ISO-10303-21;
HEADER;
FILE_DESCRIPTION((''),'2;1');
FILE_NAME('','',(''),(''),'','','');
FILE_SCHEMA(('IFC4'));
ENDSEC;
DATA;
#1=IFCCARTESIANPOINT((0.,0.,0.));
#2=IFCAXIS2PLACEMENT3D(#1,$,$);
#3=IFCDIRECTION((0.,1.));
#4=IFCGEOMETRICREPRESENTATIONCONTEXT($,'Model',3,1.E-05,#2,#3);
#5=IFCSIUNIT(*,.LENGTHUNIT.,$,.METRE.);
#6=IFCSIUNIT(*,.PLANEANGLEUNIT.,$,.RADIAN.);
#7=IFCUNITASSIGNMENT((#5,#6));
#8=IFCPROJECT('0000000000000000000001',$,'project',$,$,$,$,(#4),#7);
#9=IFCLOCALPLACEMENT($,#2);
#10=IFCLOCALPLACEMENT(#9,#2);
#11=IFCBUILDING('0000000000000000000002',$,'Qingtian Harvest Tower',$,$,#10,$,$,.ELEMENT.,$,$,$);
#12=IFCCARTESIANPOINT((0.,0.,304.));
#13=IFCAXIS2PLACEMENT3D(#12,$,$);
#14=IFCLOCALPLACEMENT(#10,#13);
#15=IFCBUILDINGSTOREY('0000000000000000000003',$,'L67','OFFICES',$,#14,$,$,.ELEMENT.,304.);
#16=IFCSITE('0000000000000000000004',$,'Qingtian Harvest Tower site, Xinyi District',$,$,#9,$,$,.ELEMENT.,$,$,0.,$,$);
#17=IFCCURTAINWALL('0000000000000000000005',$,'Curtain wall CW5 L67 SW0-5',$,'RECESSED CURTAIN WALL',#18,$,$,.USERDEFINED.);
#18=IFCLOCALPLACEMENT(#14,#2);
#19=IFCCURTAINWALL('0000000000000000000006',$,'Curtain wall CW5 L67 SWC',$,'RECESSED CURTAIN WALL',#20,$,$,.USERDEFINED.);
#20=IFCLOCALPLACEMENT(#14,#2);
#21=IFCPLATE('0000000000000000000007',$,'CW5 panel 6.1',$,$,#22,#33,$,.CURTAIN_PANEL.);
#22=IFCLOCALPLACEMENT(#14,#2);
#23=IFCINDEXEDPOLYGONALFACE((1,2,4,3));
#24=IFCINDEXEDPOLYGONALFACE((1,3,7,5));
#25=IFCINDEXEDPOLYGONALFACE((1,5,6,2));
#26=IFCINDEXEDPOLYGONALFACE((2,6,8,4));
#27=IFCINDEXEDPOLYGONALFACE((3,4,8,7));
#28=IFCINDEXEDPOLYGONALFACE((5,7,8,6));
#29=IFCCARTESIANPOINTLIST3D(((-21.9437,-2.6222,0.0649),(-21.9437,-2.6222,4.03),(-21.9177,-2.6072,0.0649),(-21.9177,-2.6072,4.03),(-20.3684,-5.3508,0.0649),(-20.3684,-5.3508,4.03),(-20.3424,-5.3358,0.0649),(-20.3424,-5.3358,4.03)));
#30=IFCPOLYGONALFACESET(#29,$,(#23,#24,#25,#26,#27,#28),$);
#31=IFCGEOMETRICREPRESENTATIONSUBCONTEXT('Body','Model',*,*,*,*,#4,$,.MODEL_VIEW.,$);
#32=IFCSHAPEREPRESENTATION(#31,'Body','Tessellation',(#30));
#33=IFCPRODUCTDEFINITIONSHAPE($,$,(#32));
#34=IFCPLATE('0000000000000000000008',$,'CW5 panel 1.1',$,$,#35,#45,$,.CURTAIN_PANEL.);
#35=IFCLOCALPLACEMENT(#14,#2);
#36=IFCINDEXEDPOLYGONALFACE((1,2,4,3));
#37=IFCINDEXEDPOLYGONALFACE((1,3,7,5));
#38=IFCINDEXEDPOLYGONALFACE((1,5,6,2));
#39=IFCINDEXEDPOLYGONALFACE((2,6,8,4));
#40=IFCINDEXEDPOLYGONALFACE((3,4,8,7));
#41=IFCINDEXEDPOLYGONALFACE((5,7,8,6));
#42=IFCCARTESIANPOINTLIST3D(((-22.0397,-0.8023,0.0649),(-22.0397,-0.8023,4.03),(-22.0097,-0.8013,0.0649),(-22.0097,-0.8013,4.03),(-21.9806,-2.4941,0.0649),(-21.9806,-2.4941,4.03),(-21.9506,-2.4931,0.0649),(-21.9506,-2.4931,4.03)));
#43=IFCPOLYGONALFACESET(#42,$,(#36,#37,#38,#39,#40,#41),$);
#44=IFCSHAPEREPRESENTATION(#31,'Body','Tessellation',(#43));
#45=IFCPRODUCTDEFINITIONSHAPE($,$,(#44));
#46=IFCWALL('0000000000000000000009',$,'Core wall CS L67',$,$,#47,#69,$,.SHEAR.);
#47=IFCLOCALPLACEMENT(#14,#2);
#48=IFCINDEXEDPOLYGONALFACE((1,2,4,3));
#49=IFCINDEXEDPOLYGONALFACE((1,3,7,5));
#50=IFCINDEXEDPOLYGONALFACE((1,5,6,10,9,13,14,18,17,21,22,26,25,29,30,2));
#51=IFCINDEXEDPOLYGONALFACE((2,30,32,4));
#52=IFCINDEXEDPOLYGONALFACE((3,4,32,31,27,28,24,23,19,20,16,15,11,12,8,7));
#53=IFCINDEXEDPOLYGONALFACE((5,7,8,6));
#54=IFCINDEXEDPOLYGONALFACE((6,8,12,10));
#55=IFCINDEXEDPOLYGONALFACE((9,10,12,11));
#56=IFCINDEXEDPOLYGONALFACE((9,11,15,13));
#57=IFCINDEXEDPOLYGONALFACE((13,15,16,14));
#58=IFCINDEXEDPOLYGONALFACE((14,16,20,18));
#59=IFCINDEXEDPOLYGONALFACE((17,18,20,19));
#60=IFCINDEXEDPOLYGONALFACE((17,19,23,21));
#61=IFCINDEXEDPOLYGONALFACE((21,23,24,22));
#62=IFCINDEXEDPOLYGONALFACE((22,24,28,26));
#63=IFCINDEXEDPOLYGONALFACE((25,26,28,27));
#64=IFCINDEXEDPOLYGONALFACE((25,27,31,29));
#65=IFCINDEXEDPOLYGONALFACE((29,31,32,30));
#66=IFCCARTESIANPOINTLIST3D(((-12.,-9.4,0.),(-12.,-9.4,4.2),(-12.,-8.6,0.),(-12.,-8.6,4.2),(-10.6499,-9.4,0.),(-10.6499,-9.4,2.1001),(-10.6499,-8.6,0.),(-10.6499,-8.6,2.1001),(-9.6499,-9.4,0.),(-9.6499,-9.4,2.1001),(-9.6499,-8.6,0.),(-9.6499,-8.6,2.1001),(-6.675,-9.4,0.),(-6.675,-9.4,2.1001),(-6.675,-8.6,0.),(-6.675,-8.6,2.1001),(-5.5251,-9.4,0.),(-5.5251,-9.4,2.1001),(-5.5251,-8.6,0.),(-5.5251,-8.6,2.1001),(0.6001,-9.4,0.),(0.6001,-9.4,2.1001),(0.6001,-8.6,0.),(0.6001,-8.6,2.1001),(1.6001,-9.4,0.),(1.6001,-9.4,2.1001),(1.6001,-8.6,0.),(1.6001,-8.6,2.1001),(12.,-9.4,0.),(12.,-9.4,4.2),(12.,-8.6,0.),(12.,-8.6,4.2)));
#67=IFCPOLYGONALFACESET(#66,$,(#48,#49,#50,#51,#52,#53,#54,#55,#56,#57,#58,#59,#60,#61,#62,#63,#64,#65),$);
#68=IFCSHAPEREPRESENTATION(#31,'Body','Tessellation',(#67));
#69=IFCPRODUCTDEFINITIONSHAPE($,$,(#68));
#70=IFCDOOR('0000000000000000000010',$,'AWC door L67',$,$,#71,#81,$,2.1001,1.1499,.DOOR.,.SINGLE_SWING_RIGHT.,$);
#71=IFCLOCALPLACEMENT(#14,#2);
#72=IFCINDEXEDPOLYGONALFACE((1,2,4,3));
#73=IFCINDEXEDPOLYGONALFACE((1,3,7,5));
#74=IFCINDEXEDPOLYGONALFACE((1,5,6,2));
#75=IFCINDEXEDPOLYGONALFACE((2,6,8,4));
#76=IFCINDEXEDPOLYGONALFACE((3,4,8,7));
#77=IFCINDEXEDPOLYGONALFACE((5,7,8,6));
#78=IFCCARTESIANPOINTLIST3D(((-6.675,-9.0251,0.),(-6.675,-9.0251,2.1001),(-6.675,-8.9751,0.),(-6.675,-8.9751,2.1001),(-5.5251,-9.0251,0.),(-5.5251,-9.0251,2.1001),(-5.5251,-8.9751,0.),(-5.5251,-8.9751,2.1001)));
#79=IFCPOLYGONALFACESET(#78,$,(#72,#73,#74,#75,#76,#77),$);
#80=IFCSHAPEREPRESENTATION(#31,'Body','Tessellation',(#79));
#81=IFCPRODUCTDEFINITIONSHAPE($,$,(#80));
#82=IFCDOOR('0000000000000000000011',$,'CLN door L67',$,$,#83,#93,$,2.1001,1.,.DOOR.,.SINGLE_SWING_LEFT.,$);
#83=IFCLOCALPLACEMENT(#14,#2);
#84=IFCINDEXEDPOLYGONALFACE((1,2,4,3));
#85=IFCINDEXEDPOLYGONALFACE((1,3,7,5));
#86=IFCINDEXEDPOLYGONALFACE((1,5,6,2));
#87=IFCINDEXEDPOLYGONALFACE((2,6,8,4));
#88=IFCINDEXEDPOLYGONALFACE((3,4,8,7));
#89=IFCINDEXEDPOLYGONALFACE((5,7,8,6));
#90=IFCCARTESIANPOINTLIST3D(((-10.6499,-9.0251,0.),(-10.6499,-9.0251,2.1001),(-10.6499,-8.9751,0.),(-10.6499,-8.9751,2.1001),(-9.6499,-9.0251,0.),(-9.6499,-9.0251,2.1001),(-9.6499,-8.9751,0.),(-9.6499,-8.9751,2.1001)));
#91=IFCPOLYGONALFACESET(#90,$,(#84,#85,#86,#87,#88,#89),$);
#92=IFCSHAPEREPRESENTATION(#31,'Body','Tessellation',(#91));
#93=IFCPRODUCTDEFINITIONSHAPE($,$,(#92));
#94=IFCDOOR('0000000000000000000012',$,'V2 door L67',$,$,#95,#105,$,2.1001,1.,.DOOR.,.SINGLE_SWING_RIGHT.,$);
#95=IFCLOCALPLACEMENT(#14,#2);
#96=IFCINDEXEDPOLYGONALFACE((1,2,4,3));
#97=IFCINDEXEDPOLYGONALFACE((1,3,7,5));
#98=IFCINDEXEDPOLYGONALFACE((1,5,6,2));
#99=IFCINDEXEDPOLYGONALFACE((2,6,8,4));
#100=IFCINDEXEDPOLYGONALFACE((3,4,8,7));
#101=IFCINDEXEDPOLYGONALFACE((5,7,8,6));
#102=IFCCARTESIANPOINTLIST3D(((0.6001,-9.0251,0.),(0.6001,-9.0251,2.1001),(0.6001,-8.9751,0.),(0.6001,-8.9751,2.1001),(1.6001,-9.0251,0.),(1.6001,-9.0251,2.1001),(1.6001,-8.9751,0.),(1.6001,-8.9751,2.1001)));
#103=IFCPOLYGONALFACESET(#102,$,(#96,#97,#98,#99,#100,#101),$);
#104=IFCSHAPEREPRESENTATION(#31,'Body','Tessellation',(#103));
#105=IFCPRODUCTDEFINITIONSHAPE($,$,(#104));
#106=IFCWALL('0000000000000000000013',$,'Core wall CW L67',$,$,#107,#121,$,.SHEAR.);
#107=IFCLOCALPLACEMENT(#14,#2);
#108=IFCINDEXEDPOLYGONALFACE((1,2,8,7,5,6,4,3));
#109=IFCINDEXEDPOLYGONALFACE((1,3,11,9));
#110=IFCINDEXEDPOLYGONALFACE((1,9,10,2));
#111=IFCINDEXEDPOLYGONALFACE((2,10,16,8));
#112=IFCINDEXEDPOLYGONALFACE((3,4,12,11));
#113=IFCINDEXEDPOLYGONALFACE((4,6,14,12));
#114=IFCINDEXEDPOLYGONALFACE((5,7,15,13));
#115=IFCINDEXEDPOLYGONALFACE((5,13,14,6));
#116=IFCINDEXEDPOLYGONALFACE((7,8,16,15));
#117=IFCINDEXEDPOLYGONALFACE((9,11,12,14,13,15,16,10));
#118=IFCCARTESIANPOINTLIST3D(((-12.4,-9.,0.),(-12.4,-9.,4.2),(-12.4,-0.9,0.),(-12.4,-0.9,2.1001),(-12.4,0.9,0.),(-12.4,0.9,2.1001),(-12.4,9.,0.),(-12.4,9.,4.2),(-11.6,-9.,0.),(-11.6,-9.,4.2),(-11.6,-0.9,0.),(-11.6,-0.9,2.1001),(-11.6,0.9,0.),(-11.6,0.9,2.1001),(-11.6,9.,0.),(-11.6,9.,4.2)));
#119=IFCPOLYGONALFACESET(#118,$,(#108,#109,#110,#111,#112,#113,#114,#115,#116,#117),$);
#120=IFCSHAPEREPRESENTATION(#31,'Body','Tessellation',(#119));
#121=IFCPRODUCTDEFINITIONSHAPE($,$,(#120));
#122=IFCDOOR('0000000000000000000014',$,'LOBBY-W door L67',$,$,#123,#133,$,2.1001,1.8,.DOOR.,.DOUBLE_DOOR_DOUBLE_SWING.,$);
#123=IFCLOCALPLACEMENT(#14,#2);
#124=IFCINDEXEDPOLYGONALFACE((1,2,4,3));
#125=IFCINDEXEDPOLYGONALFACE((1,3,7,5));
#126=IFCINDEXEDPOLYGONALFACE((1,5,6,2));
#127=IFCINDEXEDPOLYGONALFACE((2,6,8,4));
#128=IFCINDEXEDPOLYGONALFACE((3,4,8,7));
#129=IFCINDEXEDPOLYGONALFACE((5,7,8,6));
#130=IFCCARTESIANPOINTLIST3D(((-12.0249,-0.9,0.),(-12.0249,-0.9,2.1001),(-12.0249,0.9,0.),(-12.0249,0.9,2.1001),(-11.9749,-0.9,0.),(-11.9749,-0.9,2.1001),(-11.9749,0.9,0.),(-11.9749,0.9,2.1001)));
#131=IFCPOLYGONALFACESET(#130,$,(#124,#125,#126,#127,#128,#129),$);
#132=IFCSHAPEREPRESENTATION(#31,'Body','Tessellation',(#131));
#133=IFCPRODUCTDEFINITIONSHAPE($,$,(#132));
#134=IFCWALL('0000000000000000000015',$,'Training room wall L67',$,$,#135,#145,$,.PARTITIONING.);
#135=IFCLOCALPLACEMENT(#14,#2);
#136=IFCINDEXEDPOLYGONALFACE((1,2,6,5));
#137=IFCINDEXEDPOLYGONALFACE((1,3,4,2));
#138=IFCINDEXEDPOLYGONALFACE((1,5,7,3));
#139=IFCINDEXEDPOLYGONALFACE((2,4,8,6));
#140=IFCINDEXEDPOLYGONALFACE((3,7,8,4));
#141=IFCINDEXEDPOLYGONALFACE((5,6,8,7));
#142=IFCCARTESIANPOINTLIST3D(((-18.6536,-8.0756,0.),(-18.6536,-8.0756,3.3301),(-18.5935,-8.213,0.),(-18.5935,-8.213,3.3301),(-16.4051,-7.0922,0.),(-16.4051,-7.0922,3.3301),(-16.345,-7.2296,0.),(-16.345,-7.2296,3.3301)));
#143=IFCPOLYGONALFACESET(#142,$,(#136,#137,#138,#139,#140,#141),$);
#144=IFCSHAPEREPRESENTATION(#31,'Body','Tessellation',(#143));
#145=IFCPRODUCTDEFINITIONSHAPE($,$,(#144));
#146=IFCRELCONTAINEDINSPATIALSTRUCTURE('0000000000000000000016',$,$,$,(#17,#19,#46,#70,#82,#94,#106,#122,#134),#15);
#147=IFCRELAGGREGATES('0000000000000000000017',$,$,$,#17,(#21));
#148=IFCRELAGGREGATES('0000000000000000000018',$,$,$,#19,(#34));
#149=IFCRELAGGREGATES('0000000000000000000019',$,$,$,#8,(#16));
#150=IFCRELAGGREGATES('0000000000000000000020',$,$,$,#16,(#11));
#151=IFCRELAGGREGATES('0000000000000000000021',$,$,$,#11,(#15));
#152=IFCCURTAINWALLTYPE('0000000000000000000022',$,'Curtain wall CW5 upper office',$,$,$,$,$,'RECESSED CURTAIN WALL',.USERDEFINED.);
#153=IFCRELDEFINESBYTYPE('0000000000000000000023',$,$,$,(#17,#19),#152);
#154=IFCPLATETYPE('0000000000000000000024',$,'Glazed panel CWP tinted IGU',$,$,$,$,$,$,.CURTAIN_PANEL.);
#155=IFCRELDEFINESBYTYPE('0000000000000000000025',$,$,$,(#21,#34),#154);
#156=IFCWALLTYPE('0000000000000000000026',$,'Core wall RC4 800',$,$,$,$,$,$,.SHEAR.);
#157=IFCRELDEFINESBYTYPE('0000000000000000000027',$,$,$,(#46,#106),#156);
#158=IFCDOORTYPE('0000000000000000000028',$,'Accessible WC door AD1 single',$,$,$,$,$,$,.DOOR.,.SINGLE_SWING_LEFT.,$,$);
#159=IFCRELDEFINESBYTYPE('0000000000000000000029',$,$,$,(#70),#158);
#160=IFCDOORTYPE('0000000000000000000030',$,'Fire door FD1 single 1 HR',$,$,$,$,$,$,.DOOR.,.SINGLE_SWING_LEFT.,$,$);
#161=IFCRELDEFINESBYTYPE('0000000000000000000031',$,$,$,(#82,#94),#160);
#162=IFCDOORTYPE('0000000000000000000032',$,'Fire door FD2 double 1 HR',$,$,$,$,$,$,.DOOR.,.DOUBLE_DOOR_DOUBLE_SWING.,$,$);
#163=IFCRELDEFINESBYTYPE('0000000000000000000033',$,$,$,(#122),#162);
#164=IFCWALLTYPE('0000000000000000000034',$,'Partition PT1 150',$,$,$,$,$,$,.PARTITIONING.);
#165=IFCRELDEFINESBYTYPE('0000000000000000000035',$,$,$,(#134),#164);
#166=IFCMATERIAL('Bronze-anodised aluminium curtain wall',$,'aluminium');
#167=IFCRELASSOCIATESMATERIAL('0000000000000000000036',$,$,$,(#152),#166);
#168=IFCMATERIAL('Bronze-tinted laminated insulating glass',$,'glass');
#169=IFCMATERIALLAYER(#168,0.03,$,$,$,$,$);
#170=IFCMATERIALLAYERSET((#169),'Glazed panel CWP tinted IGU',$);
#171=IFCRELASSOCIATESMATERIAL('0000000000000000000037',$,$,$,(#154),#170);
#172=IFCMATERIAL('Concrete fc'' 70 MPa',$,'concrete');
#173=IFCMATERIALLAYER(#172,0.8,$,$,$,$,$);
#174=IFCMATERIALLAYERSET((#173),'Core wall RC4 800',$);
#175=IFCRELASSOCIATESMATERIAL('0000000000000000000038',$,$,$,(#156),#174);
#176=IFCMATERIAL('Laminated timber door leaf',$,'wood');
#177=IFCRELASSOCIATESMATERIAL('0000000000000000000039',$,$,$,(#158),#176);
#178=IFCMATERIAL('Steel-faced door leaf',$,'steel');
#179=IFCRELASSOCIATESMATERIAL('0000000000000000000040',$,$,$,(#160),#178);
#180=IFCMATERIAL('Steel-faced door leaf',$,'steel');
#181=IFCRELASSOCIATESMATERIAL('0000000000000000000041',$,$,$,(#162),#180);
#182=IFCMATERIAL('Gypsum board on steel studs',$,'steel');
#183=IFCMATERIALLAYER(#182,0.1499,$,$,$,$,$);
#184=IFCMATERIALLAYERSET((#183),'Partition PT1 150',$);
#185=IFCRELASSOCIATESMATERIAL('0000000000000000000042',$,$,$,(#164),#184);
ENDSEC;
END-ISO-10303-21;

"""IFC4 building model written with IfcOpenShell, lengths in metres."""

from ifc_helpers import new_model, si_unit, direction, frame, frame_2d, origin, origin_2d, place, context, subcontext, project, spatial, rectangle, extrude, material, layer, layer_set, type_object, element, fill, aggregate, save


model = new_model("IFC4")

# Units and contexts
model_context = context("Model", 3, precision=1e-05, world=origin(), true_north=direction((0.0, 1.0)))
body_context = subcontext(model_context, "Body", "Model", "MODEL_VIEW")
ifc_project = project(units=[si_unit("LENGTHUNIT", "METRE"), si_unit("PLANEANGLEUNIT", "RADIAN")], contexts=[model_context])

# Site, building, storey
site_placement = place(None, origin())
site = spatial("IfcSite", under=ifc_project, at=site_placement, Name="Qingtian Harvest Tower site, Xinyi District", CompositionType="ELEMENT", RefElevation=0.0)
building_placement = place(site_placement, origin())
building = spatial("IfcBuilding", under=site, at=building_placement, Name="Qingtian Harvest Tower", CompositionType="ELEMENT")
storey_placement = place(building_placement, frame((0.0, 0.0, 304.0)))
storey = spatial("IfcBuildingStorey", under=building, at=storey_placement, Name="L67", Description="OFFICES", CompositionType="ELEMENT", Elevation=304.0)

# Curtain walls
ifc_material_1 = material(Name="Bronze-anodised aluminium curtain wall", Category="aluminium")
curtain_wall_type = type_object("IfcCurtainWallType", Name="Curtain wall CW5 upper office", ElementType="RECESSED CURTAIN WALL", PredefinedType="USERDEFINED", material=ifc_material_1)
curtain_wall_1_placement = place(storey_placement, origin())
curtain_wall_1 = element("IfcCurtainWall", 1, at=curtain_wall_1_placement, inside=storey, type_object=curtain_wall_type, Name="Curtain wall CW5 L67 SW0-5", ObjectType="RECESSED CURTAIN WALL", PredefinedType="USERDEFINED")
curtain_wall_2_placement = place(storey_placement, origin())
curtain_wall_2 = element("IfcCurtainWall", 2, at=curtain_wall_2_placement, inside=storey, type_object=curtain_wall_type, Name="Curtain wall CW5 L67 SWC", ObjectType="RECESSED CURTAIN WALL", PredefinedType="USERDEFINED")

# Plates
ifc_material_2 = material(Name="Bronze-tinted laminated insulating glass", Category="glass")
ifc_layer_1 = layer(ifc_material_2, 0.03)
ifc_layer_set_1 = layer_set([ifc_layer_1], Name="Glazed panel CWP tinted IGU")
plate_type = type_object("IfcPlateType", Name="Glazed panel CWP tinted IGU", PredefinedType="CURTAIN_PANEL", material=ifc_layer_set_1)
plate_1_placement = place(storey_placement, frame((-21.1431, -3.979, 0.0649), z_axis=(0.0, 0.0, 1.0), x_axis=(-0.5, 0.866025, 0.0)))
plate_1 = element("IfcPlate", 3, at=plate_1_placement, type_object=plate_type, Name="CW5 panel 6.1", PredefinedType="CURTAIN_PANEL", context=body_context, shape_type="SweptSolid", body=[
    extrude(rectangle(XDim=3.1506, YDim=0.03, at=origin_2d()), origin(), (0.0, 0.0, 1.0), 3.9651),
])
aggregate(curtain_wall_1, [plate_1])
plate_2_placement = place(storey_placement, frame((-21.9951, -1.6477, 0.0649), z_axis=(0.0, 0.0, 1.0), x_axis=(-0.034899, 0.999391, 0.0)))
plate_2 = element("IfcPlate", 4, at=plate_2_placement, type_object=plate_type, Name="CW5 panel 1.1", PredefinedType="CURTAIN_PANEL", context=body_context, shape_type="SweptSolid", body=[
    extrude(rectangle(XDim=1.6929, YDim=0.03, at=origin_2d()), origin(), (0.0, 0.0, 1.0), 3.9651),
])
aggregate(curtain_wall_2, [plate_2])

# Wall, openings, doors
ifc_material_3 = material(Name="Concrete fc' 70 MPa", Category="concrete")
ifc_layer_2 = layer(ifc_material_3, 0.8)
ifc_layer_set_2 = layer_set([ifc_layer_2], Name="Core wall RC4 800")
wall_type_1 = type_object("IfcWallType", Name="Core wall RC4 800", PredefinedType="SHEAR", material=ifc_layer_set_2)
wall_1_placement = place(storey_placement, frame((-12.0, -9.0, 0.0), z_axis=(0.0, 0.0, 1.0), x_axis=(1.0, 0.0, 0.0)))
wall_1 = element("IfcWall", 5, at=wall_1_placement, inside=storey, type_object=wall_type_1, Name="Core wall CS L67", PredefinedType="SHEAR", context=body_context, shape_type="SweptSolid", body=[
    extrude(rectangle(XDim=24.0, YDim=0.8, at=frame_2d((12.0, 0.0))), origin(), (0.0, 0.0, 1.0), 4.2),
])
opening_1_placement = place(wall_1_placement, frame((1.3501, 0.0, 0.0)))
opening_1 = element("IfcOpeningElement", 6, at=opening_1_placement, cuts=wall_1, PredefinedType="OPENING", context=body_context, shape_type="SweptSolid", body=[
    extrude(rectangle(XDim=1.0, YDim=2.1001, at=frame_2d((0.5, 1.05))), frame((0.0, 0.4099, 0.0), z_axis=(0.0, -1.0, 0.0), x_axis=(1.0, 0.0, 0.0)), (0.0, 0.0, 1.0), 0.8201),
])
opening_2_placement = place(wall_1_placement, frame((5.325, 0.0, 0.0)))
opening_2 = element("IfcOpeningElement", 7, at=opening_2_placement, cuts=wall_1, PredefinedType="OPENING", context=body_context, shape_type="SweptSolid", body=[
    extrude(rectangle(XDim=1.1499, YDim=2.1001, at=frame_2d((0.575, 1.05))), frame((0.0, 0.4099, 0.0), z_axis=(0.0, -1.0, 0.0), x_axis=(1.0, 0.0, 0.0)), (0.0, 0.0, 1.0), 0.8201),
])
opening_3_placement = place(wall_1_placement, frame((12.6001, 0.0, 0.0)))
opening_3 = element("IfcOpeningElement", 8, at=opening_3_placement, cuts=wall_1, PredefinedType="OPENING", context=body_context, shape_type="SweptSolid", body=[
    extrude(rectangle(XDim=1.0, YDim=2.1001, at=frame_2d((0.5, 1.05))), frame((0.0, 0.4099, 0.0), z_axis=(0.0, -1.0, 0.0), x_axis=(1.0, 0.0, 0.0)), (0.0, 0.0, 1.0), 0.8201),
])
ifc_material_4 = material(Name="Laminated timber door leaf", Category="wood")
door_type_1 = type_object("IfcDoorType", Name="Accessible WC door AD1 single", OperationType="SINGLE_SWING_LEFT", PredefinedType="DOOR", material=ifc_material_4)
door_1_placement = place(opening_2_placement, origin())
door_1 = element("IfcDoor", 9, at=door_1_placement, inside=storey, type_object=door_type_1, Name="AWC door L67", OperationType="SINGLE_SWING_RIGHT", OverallHeight=2.1001, OverallWidth=1.1499, PredefinedType="DOOR", context=body_context, shape_type="SweptSolid", body=[
    extrude(rectangle(XDim=1.1499, YDim=2.1001, at=frame_2d((0.575, 1.05))), frame((0.0, 0.0249, 0.0), z_axis=(0.0, -1.0, 0.0), x_axis=(1.0, 0.0, 0.0)), (0.0, 0.0, 1.0), 0.05),
])
fill(opening_2, door_1)
ifc_material_5 = material(Name="Steel-faced door leaf", Category="steel")
door_type_2 = type_object("IfcDoorType", Name="Fire door FD1 single 1 HR", OperationType="SINGLE_SWING_LEFT", PredefinedType="DOOR", material=ifc_material_5)
door_2_placement = place(opening_1_placement, origin())
door_2 = element("IfcDoor", 10, at=door_2_placement, inside=storey, type_object=door_type_2, Name="CLN door L67", OperationType="SINGLE_SWING_LEFT", OverallHeight=2.1001, OverallWidth=1.0, PredefinedType="DOOR", context=body_context, shape_type="SweptSolid", body=[
    extrude(rectangle(XDim=1.0, YDim=2.1001, at=frame_2d((0.5, 1.05))), frame((0.0, 0.0249, 0.0), z_axis=(0.0, -1.0, 0.0), x_axis=(1.0, 0.0, 0.0)), (0.0, 0.0, 1.0), 0.05),
])
fill(opening_1, door_2)
door_3_placement = place(opening_3_placement, origin())
door_3 = element("IfcDoor", 11, at=door_3_placement, inside=storey, type_object=door_type_2, Name="V2 door L67", OperationType="SINGLE_SWING_RIGHT", OverallHeight=2.1001, OverallWidth=1.0, PredefinedType="DOOR", context=body_context, shape_type="SweptSolid", body=[
    extrude(rectangle(XDim=1.0, YDim=2.1001, at=frame_2d((0.5, 1.05))), frame((0.0, 0.0249, 0.0), z_axis=(0.0, -1.0, 0.0), x_axis=(1.0, 0.0, 0.0)), (0.0, 0.0, 1.0), 0.05),
])
fill(opening_3, door_3)

# Wall, opening, door
wall_2_placement = place(storey_placement, frame((-12.0, -9.0, 0.0), z_axis=(0.0, 0.0, 1.0), x_axis=(0.0, 1.0, 0.0)))
wall_2 = element("IfcWall", 12, at=wall_2_placement, inside=storey, type_object=wall_type_1, Name="Core wall CW L67", PredefinedType="SHEAR", context=body_context, shape_type="SweptSolid", body=[
    extrude(rectangle(XDim=18.0, YDim=0.8, at=frame_2d((9.0, 0.0))), origin(), (0.0, 0.0, 1.0), 4.2),
])
opening_4_placement = place(wall_2_placement, frame((8.1001, 0.0, 0.0)))
opening_4 = element("IfcOpeningElement", 13, at=opening_4_placement, cuts=wall_2, PredefinedType="OPENING", context=body_context, shape_type="SweptSolid", body=[
    extrude(rectangle(XDim=1.8, YDim=2.1001, at=frame_2d((0.8999, 1.05))), frame((0.0, 0.4099, 0.0), z_axis=(0.0, -1.0, 0.0), x_axis=(1.0, 0.0, 0.0)), (0.0, 0.0, 1.0), 0.8201),
])
ifc_material_6 = material(Name="Steel-faced door leaf", Category="steel")
door_type_3 = type_object("IfcDoorType", Name="Fire door FD2 double 1 HR", OperationType="DOUBLE_DOOR_DOUBLE_SWING", PredefinedType="DOOR", material=ifc_material_6)
door_4_placement = place(opening_4_placement, origin())
door_4 = element("IfcDoor", 14, at=door_4_placement, inside=storey, type_object=door_type_3, Name="LOBBY-W door L67", OperationType="DOUBLE_DOOR_DOUBLE_SWING", OverallHeight=2.1001, OverallWidth=1.8, PredefinedType="DOOR", context=body_context, shape_type="SweptSolid", body=[
    extrude(rectangle(XDim=1.8, YDim=2.1001, at=frame_2d((0.8999, 1.05))), frame((0.0, 0.0249, 0.0), z_axis=(0.0, -1.0, 0.0), x_axis=(1.0, 0.0, 0.0)), (0.0, 0.0, 1.0), 0.05),
])
fill(opening_4, door_4)

# Wall
ifc_material_7 = material(Name="Gypsum board on steel studs", Category="steel")
ifc_layer_3 = layer(ifc_material_7, 0.1499)
ifc_layer_set_3 = layer_set([ifc_layer_3], Name="Partition PT1 150")
wall_type_2 = type_object("IfcWallType", Name="Partition PT1 150", PredefinedType="PARTITIONING", material=ifc_layer_set_3)
wall_3_placement = place(storey_placement, frame((-18.6235, -8.1443, 0.0), z_axis=(0.0, 0.0, 1.0), x_axis=(0.916208, 0.400704, 0.0)))
element("IfcWall", 15, at=wall_3_placement, inside=storey, type_object=wall_type_2, Name="Training room wall L67", PredefinedType="PARTITIONING", context=body_context, shape_type="SweptSolid", body=[
    extrude(rectangle(XDim=2.4541, YDim=0.1499, at=frame_2d((1.2271, 0.0))), origin(), (0.0, 0.0, 1.0), 3.3301),
])

save(model, "model.ifc")
